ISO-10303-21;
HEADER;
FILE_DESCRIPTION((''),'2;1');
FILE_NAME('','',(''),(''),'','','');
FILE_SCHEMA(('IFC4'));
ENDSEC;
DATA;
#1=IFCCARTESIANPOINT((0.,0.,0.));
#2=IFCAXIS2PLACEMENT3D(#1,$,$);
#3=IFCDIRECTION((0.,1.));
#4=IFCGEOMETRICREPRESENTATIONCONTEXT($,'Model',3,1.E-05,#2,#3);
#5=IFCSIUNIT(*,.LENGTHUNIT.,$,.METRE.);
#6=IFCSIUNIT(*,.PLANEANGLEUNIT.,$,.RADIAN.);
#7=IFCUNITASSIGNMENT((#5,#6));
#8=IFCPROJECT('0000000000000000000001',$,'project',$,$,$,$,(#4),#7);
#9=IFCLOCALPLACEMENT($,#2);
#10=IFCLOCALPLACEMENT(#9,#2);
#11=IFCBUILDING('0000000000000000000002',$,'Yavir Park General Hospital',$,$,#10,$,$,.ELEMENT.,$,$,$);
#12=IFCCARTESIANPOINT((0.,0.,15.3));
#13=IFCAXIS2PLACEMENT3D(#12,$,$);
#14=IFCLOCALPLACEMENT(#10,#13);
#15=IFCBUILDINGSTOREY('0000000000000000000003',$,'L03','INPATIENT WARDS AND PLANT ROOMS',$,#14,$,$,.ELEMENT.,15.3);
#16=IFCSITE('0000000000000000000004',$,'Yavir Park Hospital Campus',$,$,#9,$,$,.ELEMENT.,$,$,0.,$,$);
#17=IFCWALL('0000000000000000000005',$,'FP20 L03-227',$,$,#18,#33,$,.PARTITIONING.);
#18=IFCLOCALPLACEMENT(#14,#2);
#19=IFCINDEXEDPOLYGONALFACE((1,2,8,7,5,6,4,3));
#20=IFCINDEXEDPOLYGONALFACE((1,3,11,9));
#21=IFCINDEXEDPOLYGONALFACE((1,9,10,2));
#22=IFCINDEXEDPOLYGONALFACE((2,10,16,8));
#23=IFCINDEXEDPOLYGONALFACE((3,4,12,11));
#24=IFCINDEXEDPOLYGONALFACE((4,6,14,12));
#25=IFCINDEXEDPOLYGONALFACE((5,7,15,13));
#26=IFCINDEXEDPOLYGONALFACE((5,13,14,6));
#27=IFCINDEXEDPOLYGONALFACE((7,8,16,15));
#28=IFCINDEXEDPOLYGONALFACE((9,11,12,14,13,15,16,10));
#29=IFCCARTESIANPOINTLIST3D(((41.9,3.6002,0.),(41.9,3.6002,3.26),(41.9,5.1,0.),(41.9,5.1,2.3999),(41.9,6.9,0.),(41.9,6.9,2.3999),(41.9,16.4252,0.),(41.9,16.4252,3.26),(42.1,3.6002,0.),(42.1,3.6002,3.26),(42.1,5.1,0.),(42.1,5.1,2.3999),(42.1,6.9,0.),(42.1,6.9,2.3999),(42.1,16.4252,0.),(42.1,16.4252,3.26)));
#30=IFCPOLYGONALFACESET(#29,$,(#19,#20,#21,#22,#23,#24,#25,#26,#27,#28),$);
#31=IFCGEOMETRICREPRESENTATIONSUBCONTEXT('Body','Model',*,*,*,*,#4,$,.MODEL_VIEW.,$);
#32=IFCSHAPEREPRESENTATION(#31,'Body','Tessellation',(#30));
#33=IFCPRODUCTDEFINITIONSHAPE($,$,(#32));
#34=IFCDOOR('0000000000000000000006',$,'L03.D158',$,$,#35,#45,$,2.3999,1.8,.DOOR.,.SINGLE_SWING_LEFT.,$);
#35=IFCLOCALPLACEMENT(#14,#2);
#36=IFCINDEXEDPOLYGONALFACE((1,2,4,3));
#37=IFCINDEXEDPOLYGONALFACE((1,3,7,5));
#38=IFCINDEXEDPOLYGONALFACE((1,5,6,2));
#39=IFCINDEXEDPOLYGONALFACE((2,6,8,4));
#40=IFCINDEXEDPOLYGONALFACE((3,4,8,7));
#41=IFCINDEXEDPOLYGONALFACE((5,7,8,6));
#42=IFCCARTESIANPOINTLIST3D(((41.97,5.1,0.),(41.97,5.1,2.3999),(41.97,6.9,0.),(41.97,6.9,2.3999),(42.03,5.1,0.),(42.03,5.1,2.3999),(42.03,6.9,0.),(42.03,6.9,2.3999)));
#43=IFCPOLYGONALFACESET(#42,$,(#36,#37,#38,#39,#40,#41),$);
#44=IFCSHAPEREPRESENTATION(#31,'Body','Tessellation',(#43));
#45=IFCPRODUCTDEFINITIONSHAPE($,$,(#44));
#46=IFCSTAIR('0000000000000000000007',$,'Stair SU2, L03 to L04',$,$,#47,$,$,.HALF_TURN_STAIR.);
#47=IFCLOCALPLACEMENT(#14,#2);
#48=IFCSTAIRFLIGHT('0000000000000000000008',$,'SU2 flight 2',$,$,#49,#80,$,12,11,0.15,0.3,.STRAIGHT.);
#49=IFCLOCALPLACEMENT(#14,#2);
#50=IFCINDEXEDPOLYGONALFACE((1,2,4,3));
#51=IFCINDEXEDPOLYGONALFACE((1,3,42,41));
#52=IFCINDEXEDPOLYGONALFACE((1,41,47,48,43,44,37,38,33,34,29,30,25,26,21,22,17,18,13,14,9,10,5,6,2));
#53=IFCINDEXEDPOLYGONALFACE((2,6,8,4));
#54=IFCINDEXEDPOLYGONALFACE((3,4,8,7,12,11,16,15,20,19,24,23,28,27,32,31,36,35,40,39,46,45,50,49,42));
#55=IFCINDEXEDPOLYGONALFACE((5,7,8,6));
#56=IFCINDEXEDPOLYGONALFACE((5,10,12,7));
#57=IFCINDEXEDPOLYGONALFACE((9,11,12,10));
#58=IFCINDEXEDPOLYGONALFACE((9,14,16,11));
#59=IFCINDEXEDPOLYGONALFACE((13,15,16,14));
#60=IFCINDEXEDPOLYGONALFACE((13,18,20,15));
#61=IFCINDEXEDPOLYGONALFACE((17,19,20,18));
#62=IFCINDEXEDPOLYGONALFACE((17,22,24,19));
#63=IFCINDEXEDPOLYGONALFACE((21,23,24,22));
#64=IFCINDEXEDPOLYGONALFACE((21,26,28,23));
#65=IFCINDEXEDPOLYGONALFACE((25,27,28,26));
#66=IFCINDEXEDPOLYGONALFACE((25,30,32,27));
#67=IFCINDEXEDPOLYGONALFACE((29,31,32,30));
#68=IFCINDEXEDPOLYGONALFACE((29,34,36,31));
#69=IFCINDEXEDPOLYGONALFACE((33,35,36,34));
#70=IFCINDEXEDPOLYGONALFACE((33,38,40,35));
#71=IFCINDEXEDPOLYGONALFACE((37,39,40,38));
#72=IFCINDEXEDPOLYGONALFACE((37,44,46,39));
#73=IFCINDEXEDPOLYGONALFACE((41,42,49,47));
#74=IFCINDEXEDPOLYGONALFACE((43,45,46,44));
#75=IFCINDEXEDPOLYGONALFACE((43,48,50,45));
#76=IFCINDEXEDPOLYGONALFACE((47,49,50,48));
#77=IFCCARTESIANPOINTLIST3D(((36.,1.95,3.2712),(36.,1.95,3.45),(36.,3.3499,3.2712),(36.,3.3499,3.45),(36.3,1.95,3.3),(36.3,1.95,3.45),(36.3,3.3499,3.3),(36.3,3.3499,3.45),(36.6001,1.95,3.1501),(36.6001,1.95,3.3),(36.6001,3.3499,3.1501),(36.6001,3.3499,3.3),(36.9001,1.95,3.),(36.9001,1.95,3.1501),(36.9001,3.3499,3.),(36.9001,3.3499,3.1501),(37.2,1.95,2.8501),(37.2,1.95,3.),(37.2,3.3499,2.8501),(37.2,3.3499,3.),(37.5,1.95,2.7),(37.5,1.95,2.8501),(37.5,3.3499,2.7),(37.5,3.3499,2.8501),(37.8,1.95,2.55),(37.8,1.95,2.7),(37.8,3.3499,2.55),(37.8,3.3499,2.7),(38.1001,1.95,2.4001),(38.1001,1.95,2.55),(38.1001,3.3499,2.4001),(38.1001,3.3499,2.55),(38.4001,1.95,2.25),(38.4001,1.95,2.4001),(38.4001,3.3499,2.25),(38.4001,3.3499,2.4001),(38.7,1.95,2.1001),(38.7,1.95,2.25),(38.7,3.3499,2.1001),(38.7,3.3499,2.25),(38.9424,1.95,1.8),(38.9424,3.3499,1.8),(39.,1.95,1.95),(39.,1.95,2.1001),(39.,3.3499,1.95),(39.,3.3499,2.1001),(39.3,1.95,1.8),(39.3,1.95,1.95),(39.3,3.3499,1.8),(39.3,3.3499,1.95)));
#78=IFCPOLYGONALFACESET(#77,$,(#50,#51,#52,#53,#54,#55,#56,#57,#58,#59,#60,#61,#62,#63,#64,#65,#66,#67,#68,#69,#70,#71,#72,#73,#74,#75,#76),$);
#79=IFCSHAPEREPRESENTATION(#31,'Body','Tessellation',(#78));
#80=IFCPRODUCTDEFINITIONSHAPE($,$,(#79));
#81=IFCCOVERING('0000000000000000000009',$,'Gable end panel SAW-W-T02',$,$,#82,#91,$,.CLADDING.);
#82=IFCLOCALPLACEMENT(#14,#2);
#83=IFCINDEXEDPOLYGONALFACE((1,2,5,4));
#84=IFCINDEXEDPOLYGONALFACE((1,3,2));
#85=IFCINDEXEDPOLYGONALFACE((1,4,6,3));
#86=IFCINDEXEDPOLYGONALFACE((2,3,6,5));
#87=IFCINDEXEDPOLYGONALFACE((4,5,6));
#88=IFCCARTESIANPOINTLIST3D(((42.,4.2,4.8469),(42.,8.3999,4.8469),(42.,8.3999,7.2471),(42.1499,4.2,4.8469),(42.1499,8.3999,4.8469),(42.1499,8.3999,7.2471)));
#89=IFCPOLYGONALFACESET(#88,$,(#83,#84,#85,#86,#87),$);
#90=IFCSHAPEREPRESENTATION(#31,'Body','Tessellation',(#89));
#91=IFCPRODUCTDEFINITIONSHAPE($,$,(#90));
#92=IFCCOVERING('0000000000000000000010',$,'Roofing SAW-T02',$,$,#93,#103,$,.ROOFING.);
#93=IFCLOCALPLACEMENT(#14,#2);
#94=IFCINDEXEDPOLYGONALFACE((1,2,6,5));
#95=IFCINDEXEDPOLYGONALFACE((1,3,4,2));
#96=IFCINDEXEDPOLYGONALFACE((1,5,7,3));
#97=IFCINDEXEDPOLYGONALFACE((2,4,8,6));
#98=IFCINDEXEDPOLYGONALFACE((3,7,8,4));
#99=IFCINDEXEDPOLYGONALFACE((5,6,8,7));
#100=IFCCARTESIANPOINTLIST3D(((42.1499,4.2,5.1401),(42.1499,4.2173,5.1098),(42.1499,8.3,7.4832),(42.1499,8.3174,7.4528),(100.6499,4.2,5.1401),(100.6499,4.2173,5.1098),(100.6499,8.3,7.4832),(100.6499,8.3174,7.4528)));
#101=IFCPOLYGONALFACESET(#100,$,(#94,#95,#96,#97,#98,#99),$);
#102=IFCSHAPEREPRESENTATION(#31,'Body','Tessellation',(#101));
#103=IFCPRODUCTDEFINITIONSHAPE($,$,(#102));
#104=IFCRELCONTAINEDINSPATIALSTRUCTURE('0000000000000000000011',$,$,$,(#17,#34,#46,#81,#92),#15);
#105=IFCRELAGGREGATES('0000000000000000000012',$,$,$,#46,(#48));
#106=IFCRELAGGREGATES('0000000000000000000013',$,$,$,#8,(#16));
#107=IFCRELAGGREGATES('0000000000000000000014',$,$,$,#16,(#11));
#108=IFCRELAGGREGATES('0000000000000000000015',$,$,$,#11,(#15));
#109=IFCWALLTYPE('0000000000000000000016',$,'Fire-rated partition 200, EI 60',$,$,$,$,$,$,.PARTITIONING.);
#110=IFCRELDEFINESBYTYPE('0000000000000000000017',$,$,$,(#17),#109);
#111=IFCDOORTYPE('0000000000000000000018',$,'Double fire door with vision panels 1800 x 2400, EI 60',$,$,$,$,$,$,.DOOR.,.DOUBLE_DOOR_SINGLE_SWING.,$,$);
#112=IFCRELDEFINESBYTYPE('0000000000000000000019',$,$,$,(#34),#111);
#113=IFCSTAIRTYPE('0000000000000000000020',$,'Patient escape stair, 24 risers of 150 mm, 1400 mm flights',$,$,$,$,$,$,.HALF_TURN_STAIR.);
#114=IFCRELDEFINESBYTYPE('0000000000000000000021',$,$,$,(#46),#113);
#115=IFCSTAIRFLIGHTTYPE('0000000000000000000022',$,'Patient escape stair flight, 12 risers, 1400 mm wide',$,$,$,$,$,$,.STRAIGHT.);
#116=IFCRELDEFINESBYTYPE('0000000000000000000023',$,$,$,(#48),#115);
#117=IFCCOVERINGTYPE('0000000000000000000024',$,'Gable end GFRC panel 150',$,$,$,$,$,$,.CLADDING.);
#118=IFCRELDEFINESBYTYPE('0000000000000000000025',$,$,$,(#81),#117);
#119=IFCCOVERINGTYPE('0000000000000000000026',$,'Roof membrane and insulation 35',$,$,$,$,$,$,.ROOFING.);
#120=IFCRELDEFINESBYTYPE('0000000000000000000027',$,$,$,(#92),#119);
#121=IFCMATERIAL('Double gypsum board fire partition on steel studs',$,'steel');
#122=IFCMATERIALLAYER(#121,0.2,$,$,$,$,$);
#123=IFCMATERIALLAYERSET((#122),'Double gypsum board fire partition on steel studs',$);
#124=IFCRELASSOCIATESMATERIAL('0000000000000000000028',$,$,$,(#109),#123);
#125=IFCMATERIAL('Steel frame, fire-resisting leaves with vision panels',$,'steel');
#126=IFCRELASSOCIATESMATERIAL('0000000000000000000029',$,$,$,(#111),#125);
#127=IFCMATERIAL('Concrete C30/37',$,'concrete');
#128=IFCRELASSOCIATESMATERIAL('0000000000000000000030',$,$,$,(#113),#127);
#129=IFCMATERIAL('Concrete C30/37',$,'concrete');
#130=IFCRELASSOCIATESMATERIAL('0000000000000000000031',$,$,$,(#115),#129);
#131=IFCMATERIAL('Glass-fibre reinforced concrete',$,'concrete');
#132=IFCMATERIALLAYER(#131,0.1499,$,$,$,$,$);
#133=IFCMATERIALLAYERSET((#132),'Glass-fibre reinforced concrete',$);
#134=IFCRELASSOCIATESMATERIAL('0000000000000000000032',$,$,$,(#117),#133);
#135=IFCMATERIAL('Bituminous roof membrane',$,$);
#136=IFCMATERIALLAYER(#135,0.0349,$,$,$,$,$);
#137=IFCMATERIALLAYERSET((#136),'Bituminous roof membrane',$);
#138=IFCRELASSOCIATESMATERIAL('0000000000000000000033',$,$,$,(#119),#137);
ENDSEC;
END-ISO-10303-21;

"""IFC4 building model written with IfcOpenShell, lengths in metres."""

from ifc_helpers import new_model, si_unit, direction, frame, frame_2d, origin, place, context, subcontext, project, spatial, polyline, rectangle, outline, extrude, material, layer, layer_set, type_object, element, fill, aggregate, save


model = new_model("IFC4")

# Units and contexts
model_context = context("Model", 3, precision=1e-05, world=origin(), true_north=direction((0.0, 1.0)))
body_context = subcontext(model_context, "Body", "Model", "MODEL_VIEW")
ifc_project = project(units=[si_unit("LENGTHUNIT", "METRE"), si_unit("PLANEANGLEUNIT", "RADIAN")], contexts=[model_context])

# Site, building, storey
site_placement = place(None, origin())
site = spatial("IfcSite", under=ifc_project, at=site_placement, Name="Yavir Park Hospital Campus", CompositionType="ELEMENT", RefElevation=0.0)
building_placement = place(site_placement, origin())
building = spatial("IfcBuilding", under=site, at=building_placement, Name="Yavir Park General Hospital", CompositionType="ELEMENT")
storey_placement = place(building_placement, frame((0.0, 0.0, 15.3)))
storey = spatial("IfcBuildingStorey", under=building, at=storey_placement, Name="L03", Description="INPATIENT WARDS AND PLANT ROOMS", CompositionType="ELEMENT", Elevation=15.3)

# Wall, opening, door
ifc_material_1 = material(Name="Double gypsum board fire partition on steel studs", Category="steel")
ifc_layer_1 = layer(ifc_material_1, 0.2)
ifc_layer_set_1 = layer_set([ifc_layer_1], Name="Double gypsum board fire partition on steel studs")
wall_type = type_object("IfcWallType", Name="Fire-rated partition 200, EI 60", PredefinedType="PARTITIONING", material=ifc_layer_set_1)
wall_placement = place(storey_placement, frame((42.0, 3.6001, 0.0), z_axis=(0.0, 0.0, 1.0), x_axis=(0.0, 1.0, 0.0)))
wall = element("IfcWall", 1, at=wall_placement, inside=storey, type_object=wall_type, Name="FP20 L03-227", PredefinedType="PARTITIONING", context=body_context, shape_type="SweptSolid", body=[
    extrude(rectangle(XDim=12.825, YDim=0.2, at=frame_2d((6.4126, 0.0))), origin(), (0.0, 0.0, 1.0), 3.26),
])
opening_placement = place(wall_placement, frame((1.5, 0.0, 0.0)))
opening = element("IfcOpeningElement", 2, at=opening_placement, cuts=wall, PredefinedType="OPENING", context=body_context, shape_type="SweptSolid", body=[
    extrude(rectangle(XDim=1.8, YDim=2.3999, at=frame_2d((0.8999, 1.2))), frame((0.0, 0.1099, 0.0), z_axis=(0.0, -1.0, 0.0), x_axis=(1.0, 0.0, 0.0)), (0.0, 0.0, 1.0), 0.22),
])
ifc_material_2 = material(Name="Steel frame, fire-resisting leaves with vision panels", Category="steel")
door_type = type_object("IfcDoorType", Name="Double fire door with vision panels 1800 x 2400, EI 60", OperationType="DOUBLE_DOOR_SINGLE_SWING", PredefinedType="DOOR", material=ifc_material_2)
door_placement = place(opening_placement, origin())
door = element("IfcDoor", 3, at=door_placement, inside=storey, type_object=door_type, Name="L03.D158", OperationType="SINGLE_SWING_LEFT", OverallHeight=2.3999, OverallWidth=1.8, PredefinedType="DOOR", context=body_context, shape_type="SweptSolid", body=[
    extrude(rectangle(XDim=1.8, YDim=2.3999, at=frame_2d((0.8999, 1.2))), frame((0.0, 0.03, 0.0), z_axis=(0.0, -1.0, 0.0), x_axis=(1.0, 0.0, 0.0)), (0.0, 0.0, 1.0), 0.0601),
])
fill(opening, door)

# Stair, stair flight
ifc_material_3 = material(Name="Concrete C30/37", Category="concrete")
stair_type = type_object("IfcStairType", Name="Patient escape stair, 24 risers of 150 mm, 1400 mm flights", PredefinedType="HALF_TURN_STAIR", material=ifc_material_3)
stair_placement = place(storey_placement, origin())
stair = element("IfcStair", 4, at=stair_placement, inside=storey, type_object=stair_type, Name="Stair SU2, L03 to L04", PredefinedType="HALF_TURN_STAIR")
ifc_material_4 = material(Name="Concrete C30/37", Category="concrete")
stair_flight_type = type_object("IfcStairFlightType", Name="Patient escape stair flight, 12 risers, 1400 mm wide", PredefinedType="STRAIGHT", material=ifc_material_4)
stair_flight_placement = place(storey_placement, frame((39.3, 2.6499, 1.8), z_axis=(0.0, 0.0, 1.0), x_axis=(-1.0, 0.0, 0.0)))
stair_flight = element("IfcStairFlight", 5, at=stair_flight_placement, type_object=stair_flight_type, Name="SU2 flight 2", NumberOfRisers=12, NumberOfTreads=11, PredefinedType="STRAIGHT", RiserHeight=0.15, TreadLength=0.3, context=body_context, shape_type="SweptSolid", body=[
    extrude(outline(polyline([(0.0, 0.0), (0.0, 0.1499), (0.3, 0.1499), (0.3, 0.3), (0.6001, 0.3), (0.6001, 0.45), (0.8999, 0.45), (0.8999, 0.6001), (1.2, 0.6001), (1.2, 0.75), (1.5, 0.75), (1.5, 0.8999), (1.8, 0.8999), (1.8, 1.05), (2.1001, 1.05), (2.1001, 1.2), (2.3999, 1.2), (2.3999, 1.3501), (2.7, 1.3501), (2.7, 1.5), (3.0, 1.5), (3.0, 1.6499), (3.3, 1.6499), (3.3, 1.8), (3.3, 1.4712), (0.3577, 0.0), (0.0, 0.0)])), frame((0.0, 0.7, 0.0), z_axis=(0.0, -1.0, 0.0), x_axis=(1.0, 0.0, 0.0)), (0.0, 0.0, 1.0), 1.3999),
])
aggregate(stair, [stair_flight])

# Coverings
ifc_material_5 = material(Name="Glass-fibre reinforced concrete", Category="concrete")
ifc_layer_2 = layer(ifc_material_5, 0.1499)
ifc_layer_set_2 = layer_set([ifc_layer_2], Name="Glass-fibre reinforced concrete")
covering_type_1 = type_object("IfcCoveringType", Name="Gable end GFRC panel 150", PredefinedType="CLADDING", material=ifc_layer_set_2)
covering_1_placement = place(storey_placement, frame((42.0, 4.2, 4.8469), z_axis=(-1.0, 0.0, 0.0), x_axis=(0.0, 1.0, 0.0)))
element("IfcCovering", 6, at=covering_1_placement, inside=storey, type_object=covering_type_1, Name="Gable end panel SAW-W-T02", PredefinedType="CLADDING", context=body_context, shape_type="SweptSolid", body=[
    extrude(outline(polyline([(0.0, 0.0), (4.2, 0.0), (4.2, -2.4001), (0.0, 0.0)])), origin(), (0.0, 0.0, -1.0), 0.1499),
])
ifc_material_6 = material(Name="Bituminous roof membrane")
ifc_layer_3 = layer(ifc_material_6, 0.0349)
ifc_layer_set_3 = layer_set([ifc_layer_3], Name="Bituminous roof membrane")
covering_type_2 = type_object("IfcCoveringType", Name="Roof membrane and insulation 35", PredefinedType="ROOFING", material=ifc_layer_set_3)
covering_2_placement = place(storey_placement, frame((42.1499, 4.2, 5.1401), z_axis=(0.0, -0.496156, 0.868234), x_axis=(1.0, 0.0, 0.0)))
element("IfcCovering", 7, at=covering_2_placement, inside=storey, type_object=covering_type_2, Name="Roofing SAW-T02", PredefinedType="ROOFING", context=body_context, shape_type="SweptSolid", body=[
    extrude(outline(polyline([(0.0, 0.0), (58.5, 0.0), (58.5, 4.7223), (0.0, 4.7223), (0.0, 0.0)])), origin(), (0.0, 0.0, -1.0), 0.0349),
])

save(model, "model.ifc")
